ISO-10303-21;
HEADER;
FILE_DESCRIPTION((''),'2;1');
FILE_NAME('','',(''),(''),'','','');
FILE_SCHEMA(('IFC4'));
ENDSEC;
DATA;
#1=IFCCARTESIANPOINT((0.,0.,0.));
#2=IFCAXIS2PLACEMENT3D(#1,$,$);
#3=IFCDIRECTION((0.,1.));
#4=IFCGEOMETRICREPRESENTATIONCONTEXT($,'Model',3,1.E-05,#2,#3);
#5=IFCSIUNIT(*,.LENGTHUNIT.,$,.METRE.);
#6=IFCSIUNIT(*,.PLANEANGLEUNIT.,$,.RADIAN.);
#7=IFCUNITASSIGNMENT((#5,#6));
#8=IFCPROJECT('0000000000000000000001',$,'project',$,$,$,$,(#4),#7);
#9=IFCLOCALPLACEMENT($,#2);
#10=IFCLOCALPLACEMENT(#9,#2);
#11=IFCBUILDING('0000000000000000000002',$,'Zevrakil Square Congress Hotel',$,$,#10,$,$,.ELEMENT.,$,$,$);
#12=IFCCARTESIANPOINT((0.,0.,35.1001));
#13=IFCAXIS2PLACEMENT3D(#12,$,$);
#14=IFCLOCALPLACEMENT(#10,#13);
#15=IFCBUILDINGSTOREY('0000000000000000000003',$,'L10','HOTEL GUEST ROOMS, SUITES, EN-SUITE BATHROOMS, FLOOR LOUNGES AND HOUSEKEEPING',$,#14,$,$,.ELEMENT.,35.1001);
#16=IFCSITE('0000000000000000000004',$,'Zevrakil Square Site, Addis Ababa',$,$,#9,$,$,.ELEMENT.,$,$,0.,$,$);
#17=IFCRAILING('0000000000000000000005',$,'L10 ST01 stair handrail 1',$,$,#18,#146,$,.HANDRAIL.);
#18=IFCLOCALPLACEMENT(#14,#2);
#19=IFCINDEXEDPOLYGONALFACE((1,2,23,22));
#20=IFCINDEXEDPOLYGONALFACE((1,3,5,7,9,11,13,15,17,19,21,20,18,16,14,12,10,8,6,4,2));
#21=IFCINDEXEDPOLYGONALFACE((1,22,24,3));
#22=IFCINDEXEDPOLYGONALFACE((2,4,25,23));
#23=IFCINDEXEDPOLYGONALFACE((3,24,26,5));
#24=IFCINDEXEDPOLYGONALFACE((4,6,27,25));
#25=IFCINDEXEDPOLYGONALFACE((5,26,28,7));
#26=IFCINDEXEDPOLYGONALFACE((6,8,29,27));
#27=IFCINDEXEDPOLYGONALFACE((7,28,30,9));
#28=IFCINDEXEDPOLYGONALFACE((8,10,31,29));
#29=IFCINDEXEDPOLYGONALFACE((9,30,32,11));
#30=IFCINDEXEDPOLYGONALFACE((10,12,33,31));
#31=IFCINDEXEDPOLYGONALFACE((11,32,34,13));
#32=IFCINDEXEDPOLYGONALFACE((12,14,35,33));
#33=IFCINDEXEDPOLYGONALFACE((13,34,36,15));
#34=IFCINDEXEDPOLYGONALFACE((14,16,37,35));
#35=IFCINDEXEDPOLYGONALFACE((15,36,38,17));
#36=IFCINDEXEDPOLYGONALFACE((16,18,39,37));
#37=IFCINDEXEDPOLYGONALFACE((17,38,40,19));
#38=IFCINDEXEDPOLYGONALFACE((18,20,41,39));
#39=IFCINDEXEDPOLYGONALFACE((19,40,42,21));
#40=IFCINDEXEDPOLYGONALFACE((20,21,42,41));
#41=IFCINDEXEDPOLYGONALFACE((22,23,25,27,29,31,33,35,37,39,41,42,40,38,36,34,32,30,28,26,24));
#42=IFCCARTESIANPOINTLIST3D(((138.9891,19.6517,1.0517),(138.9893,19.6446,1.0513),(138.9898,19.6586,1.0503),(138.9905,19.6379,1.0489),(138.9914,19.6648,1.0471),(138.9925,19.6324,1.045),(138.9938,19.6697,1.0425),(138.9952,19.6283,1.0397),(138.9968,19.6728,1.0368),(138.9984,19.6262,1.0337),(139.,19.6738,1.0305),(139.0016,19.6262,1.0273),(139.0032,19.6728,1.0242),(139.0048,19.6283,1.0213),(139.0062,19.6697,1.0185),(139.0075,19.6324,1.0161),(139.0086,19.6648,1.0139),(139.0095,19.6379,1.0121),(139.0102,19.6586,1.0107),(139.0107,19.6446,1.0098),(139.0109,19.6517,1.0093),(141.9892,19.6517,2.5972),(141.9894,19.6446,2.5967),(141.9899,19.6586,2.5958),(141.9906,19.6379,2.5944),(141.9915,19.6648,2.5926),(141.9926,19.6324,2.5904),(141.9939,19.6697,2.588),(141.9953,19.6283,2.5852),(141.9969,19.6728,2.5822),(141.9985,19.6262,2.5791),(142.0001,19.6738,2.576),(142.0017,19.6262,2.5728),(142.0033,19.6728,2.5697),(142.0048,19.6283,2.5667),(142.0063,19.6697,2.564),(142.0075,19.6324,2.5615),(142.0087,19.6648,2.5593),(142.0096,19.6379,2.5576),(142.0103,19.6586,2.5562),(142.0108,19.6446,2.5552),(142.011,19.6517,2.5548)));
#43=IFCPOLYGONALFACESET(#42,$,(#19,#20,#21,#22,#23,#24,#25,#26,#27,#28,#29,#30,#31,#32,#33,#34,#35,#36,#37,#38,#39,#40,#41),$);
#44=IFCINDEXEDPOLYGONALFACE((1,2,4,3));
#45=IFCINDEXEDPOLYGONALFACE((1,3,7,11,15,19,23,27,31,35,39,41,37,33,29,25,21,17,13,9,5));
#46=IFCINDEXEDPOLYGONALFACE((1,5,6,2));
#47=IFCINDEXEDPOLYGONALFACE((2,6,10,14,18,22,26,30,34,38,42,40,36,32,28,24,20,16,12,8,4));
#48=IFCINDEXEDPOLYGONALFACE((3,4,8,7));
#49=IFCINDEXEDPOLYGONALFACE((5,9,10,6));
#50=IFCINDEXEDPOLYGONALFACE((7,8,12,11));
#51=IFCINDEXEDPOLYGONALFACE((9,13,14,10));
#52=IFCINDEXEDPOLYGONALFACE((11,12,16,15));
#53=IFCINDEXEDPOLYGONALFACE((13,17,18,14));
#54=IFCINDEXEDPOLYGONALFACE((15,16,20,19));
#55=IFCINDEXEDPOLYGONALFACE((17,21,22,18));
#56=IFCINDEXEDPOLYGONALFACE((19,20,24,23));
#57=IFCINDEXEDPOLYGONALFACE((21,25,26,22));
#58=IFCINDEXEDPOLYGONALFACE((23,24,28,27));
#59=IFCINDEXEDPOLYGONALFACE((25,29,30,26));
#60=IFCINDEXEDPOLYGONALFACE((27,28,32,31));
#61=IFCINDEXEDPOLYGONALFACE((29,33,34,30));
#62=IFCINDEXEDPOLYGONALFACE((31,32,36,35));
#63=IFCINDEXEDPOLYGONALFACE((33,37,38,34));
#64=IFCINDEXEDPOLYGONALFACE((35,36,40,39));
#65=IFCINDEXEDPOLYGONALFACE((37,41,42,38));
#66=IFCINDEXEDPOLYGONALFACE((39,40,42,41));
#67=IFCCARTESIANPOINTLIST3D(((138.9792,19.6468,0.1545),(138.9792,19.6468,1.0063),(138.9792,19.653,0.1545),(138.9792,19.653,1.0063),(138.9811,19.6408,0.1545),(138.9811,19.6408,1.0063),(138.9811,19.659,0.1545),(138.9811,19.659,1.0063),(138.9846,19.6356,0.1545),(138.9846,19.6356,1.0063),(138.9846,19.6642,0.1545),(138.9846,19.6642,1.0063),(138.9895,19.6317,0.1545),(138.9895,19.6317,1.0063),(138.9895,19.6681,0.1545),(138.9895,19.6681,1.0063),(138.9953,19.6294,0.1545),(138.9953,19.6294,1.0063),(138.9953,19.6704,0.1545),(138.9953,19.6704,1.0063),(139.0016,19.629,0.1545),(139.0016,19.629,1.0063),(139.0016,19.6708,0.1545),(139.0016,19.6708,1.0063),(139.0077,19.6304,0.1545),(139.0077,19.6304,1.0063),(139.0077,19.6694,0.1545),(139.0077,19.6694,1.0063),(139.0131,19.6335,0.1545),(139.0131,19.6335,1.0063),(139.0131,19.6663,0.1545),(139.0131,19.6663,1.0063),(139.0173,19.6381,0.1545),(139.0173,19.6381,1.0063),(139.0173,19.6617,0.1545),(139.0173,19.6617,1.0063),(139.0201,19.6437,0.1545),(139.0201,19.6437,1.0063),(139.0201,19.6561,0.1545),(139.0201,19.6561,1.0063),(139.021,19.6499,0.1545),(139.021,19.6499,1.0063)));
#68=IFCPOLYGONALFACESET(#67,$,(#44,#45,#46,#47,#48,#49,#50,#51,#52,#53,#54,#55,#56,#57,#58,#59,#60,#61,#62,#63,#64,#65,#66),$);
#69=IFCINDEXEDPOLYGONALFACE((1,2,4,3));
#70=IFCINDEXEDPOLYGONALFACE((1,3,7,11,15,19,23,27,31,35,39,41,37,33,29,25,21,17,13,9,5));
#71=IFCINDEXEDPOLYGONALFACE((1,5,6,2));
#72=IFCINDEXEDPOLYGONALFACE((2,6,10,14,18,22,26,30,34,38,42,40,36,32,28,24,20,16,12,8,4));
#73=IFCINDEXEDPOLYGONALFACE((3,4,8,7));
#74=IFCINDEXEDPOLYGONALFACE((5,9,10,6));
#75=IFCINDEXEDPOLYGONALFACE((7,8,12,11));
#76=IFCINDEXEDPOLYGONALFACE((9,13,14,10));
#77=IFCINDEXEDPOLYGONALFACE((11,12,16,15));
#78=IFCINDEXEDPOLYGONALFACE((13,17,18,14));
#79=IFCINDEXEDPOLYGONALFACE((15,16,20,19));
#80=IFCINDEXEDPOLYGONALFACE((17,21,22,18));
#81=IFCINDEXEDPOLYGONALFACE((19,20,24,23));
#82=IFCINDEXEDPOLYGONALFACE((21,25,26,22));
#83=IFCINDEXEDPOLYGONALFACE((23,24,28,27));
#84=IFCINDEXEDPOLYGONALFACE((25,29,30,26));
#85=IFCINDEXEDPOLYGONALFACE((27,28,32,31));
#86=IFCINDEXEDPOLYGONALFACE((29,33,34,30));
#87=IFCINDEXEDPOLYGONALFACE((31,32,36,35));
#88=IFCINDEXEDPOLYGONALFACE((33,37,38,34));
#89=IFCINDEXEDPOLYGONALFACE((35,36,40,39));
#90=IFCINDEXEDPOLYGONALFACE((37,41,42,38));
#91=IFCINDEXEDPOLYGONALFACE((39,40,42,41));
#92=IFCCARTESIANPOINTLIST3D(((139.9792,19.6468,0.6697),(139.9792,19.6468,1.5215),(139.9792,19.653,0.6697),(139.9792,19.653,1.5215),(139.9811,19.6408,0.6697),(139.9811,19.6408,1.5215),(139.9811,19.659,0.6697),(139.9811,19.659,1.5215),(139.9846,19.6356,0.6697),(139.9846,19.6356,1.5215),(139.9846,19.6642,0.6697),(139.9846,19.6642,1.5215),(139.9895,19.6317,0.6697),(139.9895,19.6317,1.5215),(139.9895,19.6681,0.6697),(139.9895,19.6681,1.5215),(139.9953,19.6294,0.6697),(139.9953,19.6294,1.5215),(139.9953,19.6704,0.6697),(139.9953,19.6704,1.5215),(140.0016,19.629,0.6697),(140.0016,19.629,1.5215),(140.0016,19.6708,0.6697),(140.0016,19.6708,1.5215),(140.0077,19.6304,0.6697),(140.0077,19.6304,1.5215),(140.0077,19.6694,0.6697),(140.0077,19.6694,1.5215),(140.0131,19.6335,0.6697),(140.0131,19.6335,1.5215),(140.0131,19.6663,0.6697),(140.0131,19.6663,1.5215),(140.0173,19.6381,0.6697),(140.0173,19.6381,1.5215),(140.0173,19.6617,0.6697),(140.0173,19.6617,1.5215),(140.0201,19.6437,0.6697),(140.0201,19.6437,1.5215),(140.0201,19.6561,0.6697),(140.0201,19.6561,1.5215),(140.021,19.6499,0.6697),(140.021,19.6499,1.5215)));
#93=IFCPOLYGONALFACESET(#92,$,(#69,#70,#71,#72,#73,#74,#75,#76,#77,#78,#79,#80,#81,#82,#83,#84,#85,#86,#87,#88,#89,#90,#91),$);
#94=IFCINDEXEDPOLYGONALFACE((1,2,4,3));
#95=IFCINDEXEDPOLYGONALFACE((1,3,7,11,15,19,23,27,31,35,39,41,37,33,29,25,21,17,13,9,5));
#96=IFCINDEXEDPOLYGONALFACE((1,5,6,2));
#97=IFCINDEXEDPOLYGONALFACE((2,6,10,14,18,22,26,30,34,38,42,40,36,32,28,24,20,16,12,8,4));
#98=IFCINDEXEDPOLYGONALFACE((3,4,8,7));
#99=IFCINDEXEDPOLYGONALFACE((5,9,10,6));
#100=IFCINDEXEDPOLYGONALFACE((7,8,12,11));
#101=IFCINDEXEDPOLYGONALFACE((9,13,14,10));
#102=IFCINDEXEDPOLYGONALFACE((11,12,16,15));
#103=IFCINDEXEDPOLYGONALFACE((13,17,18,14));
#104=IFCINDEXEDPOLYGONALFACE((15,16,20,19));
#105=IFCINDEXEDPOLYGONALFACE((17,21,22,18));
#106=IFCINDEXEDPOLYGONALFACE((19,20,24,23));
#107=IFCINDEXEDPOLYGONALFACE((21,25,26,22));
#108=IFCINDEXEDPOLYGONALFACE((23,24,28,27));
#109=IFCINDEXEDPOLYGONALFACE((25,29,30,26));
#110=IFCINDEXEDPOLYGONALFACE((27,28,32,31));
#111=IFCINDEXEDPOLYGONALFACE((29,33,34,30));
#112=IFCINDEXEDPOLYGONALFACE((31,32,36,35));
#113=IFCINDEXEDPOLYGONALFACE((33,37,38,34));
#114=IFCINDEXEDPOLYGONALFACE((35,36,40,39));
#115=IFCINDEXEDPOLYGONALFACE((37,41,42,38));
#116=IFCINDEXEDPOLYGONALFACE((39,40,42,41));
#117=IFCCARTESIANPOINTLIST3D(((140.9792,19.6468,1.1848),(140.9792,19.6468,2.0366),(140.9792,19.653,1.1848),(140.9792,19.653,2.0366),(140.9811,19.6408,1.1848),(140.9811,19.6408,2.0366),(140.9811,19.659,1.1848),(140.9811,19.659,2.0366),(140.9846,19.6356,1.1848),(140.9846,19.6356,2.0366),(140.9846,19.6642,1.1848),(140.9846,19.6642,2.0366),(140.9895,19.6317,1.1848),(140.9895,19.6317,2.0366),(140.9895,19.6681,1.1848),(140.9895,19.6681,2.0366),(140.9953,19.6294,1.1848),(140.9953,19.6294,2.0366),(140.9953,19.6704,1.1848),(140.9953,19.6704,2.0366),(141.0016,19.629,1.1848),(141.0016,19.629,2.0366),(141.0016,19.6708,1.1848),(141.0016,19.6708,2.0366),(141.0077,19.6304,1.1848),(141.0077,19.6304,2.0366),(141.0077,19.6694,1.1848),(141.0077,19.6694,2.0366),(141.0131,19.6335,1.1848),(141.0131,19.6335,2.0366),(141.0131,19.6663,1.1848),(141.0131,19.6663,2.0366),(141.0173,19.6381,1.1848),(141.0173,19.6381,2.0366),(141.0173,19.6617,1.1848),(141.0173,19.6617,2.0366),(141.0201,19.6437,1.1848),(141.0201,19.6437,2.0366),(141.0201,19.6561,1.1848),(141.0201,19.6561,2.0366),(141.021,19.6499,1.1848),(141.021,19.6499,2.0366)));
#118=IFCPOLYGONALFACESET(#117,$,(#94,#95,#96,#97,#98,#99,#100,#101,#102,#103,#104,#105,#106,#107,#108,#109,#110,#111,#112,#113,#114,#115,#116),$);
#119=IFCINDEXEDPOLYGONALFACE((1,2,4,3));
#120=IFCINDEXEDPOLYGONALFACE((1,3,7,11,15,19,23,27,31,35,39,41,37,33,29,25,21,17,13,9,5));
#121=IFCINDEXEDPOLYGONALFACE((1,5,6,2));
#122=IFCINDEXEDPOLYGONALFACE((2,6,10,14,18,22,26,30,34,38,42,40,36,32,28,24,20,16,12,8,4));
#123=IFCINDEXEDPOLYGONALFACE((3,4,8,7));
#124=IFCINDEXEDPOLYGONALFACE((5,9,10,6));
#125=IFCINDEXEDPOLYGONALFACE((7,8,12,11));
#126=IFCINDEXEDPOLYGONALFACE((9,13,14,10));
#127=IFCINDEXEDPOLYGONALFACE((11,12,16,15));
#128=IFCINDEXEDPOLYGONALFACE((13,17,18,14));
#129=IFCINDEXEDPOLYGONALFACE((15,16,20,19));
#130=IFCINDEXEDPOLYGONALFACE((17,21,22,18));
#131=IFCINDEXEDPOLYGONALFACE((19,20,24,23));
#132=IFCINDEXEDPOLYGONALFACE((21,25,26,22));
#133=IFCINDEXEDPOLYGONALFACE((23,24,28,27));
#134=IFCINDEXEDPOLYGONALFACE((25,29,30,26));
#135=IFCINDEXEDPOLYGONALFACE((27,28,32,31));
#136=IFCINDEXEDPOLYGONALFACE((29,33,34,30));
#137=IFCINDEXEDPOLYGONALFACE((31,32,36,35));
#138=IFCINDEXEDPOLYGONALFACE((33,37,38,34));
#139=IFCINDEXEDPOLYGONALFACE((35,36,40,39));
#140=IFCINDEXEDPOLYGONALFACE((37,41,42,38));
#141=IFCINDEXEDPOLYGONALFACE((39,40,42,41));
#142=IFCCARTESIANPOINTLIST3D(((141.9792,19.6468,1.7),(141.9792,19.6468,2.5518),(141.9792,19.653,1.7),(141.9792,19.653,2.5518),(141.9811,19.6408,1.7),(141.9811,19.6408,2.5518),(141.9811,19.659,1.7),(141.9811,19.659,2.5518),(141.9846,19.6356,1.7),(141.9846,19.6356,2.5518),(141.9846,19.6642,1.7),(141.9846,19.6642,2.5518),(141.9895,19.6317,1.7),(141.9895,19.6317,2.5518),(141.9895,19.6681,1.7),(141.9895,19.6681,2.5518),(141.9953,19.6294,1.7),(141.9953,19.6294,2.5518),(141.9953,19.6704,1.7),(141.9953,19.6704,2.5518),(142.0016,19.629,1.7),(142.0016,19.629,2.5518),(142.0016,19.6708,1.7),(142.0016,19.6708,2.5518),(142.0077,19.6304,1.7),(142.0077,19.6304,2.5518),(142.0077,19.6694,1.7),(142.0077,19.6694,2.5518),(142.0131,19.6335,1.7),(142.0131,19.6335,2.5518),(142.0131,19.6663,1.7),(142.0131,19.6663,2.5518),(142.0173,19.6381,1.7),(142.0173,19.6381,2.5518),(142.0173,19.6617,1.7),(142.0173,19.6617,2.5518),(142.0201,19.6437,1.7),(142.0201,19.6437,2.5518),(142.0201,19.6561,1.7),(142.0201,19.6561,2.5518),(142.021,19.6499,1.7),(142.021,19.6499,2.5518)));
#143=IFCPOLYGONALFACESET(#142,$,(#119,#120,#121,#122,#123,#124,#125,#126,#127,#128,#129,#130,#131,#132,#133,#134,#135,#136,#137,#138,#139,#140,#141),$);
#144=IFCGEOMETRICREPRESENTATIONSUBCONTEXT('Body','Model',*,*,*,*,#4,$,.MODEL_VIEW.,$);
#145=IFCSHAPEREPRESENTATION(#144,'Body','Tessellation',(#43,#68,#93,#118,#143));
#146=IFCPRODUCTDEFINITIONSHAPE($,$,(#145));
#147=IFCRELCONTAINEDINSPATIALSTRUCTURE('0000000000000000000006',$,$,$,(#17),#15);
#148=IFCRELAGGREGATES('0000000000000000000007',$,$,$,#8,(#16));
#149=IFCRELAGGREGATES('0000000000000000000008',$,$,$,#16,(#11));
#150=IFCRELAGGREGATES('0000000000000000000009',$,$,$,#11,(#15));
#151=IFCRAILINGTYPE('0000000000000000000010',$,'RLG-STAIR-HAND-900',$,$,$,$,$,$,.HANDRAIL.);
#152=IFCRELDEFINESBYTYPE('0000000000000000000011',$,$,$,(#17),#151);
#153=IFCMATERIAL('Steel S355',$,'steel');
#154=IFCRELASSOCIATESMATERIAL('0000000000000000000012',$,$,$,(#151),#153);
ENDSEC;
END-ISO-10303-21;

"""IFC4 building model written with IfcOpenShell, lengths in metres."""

from ifc_helpers import new_model, si_unit, direction, frame, origin, origin_2d, place, context, subcontext, project, spatial, circle, extrude, material, type_object, element, save


model = new_model("IFC4")

# Units and contexts
model_context = context("Model", 3, precision=1e-05, world=origin(), true_north=direction((0.0, 1.0)))
body_context = subcontext(model_context, "Body", "Model", "MODEL_VIEW")
ifc_project = project(units=[si_unit("LENGTHUNIT", "METRE"), si_unit("PLANEANGLEUNIT", "RADIAN")], contexts=[model_context])

# Site, building, storey
site_placement = place(None, origin())
site = spatial("IfcSite", under=ifc_project, at=site_placement, Name="Zevrakil Square Site, Addis Ababa", CompositionType="ELEMENT", RefElevation=0.0)
building_placement = place(site_placement, origin())
building = spatial("IfcBuilding", under=site, at=building_placement, Name="Zevrakil Square Congress Hotel", CompositionType="ELEMENT")
storey_placement = place(building_placement, frame((0.0, 0.0, 35.1001)))
storey = spatial("IfcBuildingStorey", under=building, at=storey_placement, Name="L10", Description="HOTEL GUEST ROOMS, SUITES, EN-SUITE BATHROOMS, FLOOR LOUNGES AND HOUSEKEEPING", CompositionType="ELEMENT", Elevation=35.1001)

# Railing
ifc_material_1 = material(Name="Steel S355", Category="steel")
railing_type_1 = type_object("IfcRailingType", Name="RLG-STAIR-HAND-900", PredefinedType="HANDRAIL", material=ifc_material_1)
railing_1_placement = place(storey_placement, frame((139.0, 19.6499, 0.1545)))
element("IfcRailing", 1, at=railing_1_placement, inside=storey, type_object=railing_type_1, Name="L10 ST01 stair handrail 1", PredefinedType="HANDRAIL", context=body_context, shape_type="SweptSolid", body=[
    extrude(circle(Radius=0.0239, at=origin_2d()), frame((0.0, 0.0, 0.876), z_axis=(0.88898, 0.0, 0.457946), x_axis=(0.0, 1.0, 0.0)), (0.0, 0.0, 1.0), 3.3748),
    extrude(circle(Radius=0.021, at=origin_2d()), origin(), (0.0, 0.0, 1.0), 0.8518),
    extrude(circle(Radius=0.021, at=origin_2d()), frame((1.0, 0.0, 0.5151)), (0.0, 0.0, 1.0), 0.8518),
    extrude(circle(Radius=0.021, at=origin_2d()), frame((2.0, 0.0, 1.0303)), (0.0, 0.0, 1.0), 0.8518),
    extrude(circle(Radius=0.021, at=origin_2d()), frame((3.0, 0.0, 1.5454)), (0.0, 0.0, 1.0), 0.8518),
])

save(model, "model.ifc")
